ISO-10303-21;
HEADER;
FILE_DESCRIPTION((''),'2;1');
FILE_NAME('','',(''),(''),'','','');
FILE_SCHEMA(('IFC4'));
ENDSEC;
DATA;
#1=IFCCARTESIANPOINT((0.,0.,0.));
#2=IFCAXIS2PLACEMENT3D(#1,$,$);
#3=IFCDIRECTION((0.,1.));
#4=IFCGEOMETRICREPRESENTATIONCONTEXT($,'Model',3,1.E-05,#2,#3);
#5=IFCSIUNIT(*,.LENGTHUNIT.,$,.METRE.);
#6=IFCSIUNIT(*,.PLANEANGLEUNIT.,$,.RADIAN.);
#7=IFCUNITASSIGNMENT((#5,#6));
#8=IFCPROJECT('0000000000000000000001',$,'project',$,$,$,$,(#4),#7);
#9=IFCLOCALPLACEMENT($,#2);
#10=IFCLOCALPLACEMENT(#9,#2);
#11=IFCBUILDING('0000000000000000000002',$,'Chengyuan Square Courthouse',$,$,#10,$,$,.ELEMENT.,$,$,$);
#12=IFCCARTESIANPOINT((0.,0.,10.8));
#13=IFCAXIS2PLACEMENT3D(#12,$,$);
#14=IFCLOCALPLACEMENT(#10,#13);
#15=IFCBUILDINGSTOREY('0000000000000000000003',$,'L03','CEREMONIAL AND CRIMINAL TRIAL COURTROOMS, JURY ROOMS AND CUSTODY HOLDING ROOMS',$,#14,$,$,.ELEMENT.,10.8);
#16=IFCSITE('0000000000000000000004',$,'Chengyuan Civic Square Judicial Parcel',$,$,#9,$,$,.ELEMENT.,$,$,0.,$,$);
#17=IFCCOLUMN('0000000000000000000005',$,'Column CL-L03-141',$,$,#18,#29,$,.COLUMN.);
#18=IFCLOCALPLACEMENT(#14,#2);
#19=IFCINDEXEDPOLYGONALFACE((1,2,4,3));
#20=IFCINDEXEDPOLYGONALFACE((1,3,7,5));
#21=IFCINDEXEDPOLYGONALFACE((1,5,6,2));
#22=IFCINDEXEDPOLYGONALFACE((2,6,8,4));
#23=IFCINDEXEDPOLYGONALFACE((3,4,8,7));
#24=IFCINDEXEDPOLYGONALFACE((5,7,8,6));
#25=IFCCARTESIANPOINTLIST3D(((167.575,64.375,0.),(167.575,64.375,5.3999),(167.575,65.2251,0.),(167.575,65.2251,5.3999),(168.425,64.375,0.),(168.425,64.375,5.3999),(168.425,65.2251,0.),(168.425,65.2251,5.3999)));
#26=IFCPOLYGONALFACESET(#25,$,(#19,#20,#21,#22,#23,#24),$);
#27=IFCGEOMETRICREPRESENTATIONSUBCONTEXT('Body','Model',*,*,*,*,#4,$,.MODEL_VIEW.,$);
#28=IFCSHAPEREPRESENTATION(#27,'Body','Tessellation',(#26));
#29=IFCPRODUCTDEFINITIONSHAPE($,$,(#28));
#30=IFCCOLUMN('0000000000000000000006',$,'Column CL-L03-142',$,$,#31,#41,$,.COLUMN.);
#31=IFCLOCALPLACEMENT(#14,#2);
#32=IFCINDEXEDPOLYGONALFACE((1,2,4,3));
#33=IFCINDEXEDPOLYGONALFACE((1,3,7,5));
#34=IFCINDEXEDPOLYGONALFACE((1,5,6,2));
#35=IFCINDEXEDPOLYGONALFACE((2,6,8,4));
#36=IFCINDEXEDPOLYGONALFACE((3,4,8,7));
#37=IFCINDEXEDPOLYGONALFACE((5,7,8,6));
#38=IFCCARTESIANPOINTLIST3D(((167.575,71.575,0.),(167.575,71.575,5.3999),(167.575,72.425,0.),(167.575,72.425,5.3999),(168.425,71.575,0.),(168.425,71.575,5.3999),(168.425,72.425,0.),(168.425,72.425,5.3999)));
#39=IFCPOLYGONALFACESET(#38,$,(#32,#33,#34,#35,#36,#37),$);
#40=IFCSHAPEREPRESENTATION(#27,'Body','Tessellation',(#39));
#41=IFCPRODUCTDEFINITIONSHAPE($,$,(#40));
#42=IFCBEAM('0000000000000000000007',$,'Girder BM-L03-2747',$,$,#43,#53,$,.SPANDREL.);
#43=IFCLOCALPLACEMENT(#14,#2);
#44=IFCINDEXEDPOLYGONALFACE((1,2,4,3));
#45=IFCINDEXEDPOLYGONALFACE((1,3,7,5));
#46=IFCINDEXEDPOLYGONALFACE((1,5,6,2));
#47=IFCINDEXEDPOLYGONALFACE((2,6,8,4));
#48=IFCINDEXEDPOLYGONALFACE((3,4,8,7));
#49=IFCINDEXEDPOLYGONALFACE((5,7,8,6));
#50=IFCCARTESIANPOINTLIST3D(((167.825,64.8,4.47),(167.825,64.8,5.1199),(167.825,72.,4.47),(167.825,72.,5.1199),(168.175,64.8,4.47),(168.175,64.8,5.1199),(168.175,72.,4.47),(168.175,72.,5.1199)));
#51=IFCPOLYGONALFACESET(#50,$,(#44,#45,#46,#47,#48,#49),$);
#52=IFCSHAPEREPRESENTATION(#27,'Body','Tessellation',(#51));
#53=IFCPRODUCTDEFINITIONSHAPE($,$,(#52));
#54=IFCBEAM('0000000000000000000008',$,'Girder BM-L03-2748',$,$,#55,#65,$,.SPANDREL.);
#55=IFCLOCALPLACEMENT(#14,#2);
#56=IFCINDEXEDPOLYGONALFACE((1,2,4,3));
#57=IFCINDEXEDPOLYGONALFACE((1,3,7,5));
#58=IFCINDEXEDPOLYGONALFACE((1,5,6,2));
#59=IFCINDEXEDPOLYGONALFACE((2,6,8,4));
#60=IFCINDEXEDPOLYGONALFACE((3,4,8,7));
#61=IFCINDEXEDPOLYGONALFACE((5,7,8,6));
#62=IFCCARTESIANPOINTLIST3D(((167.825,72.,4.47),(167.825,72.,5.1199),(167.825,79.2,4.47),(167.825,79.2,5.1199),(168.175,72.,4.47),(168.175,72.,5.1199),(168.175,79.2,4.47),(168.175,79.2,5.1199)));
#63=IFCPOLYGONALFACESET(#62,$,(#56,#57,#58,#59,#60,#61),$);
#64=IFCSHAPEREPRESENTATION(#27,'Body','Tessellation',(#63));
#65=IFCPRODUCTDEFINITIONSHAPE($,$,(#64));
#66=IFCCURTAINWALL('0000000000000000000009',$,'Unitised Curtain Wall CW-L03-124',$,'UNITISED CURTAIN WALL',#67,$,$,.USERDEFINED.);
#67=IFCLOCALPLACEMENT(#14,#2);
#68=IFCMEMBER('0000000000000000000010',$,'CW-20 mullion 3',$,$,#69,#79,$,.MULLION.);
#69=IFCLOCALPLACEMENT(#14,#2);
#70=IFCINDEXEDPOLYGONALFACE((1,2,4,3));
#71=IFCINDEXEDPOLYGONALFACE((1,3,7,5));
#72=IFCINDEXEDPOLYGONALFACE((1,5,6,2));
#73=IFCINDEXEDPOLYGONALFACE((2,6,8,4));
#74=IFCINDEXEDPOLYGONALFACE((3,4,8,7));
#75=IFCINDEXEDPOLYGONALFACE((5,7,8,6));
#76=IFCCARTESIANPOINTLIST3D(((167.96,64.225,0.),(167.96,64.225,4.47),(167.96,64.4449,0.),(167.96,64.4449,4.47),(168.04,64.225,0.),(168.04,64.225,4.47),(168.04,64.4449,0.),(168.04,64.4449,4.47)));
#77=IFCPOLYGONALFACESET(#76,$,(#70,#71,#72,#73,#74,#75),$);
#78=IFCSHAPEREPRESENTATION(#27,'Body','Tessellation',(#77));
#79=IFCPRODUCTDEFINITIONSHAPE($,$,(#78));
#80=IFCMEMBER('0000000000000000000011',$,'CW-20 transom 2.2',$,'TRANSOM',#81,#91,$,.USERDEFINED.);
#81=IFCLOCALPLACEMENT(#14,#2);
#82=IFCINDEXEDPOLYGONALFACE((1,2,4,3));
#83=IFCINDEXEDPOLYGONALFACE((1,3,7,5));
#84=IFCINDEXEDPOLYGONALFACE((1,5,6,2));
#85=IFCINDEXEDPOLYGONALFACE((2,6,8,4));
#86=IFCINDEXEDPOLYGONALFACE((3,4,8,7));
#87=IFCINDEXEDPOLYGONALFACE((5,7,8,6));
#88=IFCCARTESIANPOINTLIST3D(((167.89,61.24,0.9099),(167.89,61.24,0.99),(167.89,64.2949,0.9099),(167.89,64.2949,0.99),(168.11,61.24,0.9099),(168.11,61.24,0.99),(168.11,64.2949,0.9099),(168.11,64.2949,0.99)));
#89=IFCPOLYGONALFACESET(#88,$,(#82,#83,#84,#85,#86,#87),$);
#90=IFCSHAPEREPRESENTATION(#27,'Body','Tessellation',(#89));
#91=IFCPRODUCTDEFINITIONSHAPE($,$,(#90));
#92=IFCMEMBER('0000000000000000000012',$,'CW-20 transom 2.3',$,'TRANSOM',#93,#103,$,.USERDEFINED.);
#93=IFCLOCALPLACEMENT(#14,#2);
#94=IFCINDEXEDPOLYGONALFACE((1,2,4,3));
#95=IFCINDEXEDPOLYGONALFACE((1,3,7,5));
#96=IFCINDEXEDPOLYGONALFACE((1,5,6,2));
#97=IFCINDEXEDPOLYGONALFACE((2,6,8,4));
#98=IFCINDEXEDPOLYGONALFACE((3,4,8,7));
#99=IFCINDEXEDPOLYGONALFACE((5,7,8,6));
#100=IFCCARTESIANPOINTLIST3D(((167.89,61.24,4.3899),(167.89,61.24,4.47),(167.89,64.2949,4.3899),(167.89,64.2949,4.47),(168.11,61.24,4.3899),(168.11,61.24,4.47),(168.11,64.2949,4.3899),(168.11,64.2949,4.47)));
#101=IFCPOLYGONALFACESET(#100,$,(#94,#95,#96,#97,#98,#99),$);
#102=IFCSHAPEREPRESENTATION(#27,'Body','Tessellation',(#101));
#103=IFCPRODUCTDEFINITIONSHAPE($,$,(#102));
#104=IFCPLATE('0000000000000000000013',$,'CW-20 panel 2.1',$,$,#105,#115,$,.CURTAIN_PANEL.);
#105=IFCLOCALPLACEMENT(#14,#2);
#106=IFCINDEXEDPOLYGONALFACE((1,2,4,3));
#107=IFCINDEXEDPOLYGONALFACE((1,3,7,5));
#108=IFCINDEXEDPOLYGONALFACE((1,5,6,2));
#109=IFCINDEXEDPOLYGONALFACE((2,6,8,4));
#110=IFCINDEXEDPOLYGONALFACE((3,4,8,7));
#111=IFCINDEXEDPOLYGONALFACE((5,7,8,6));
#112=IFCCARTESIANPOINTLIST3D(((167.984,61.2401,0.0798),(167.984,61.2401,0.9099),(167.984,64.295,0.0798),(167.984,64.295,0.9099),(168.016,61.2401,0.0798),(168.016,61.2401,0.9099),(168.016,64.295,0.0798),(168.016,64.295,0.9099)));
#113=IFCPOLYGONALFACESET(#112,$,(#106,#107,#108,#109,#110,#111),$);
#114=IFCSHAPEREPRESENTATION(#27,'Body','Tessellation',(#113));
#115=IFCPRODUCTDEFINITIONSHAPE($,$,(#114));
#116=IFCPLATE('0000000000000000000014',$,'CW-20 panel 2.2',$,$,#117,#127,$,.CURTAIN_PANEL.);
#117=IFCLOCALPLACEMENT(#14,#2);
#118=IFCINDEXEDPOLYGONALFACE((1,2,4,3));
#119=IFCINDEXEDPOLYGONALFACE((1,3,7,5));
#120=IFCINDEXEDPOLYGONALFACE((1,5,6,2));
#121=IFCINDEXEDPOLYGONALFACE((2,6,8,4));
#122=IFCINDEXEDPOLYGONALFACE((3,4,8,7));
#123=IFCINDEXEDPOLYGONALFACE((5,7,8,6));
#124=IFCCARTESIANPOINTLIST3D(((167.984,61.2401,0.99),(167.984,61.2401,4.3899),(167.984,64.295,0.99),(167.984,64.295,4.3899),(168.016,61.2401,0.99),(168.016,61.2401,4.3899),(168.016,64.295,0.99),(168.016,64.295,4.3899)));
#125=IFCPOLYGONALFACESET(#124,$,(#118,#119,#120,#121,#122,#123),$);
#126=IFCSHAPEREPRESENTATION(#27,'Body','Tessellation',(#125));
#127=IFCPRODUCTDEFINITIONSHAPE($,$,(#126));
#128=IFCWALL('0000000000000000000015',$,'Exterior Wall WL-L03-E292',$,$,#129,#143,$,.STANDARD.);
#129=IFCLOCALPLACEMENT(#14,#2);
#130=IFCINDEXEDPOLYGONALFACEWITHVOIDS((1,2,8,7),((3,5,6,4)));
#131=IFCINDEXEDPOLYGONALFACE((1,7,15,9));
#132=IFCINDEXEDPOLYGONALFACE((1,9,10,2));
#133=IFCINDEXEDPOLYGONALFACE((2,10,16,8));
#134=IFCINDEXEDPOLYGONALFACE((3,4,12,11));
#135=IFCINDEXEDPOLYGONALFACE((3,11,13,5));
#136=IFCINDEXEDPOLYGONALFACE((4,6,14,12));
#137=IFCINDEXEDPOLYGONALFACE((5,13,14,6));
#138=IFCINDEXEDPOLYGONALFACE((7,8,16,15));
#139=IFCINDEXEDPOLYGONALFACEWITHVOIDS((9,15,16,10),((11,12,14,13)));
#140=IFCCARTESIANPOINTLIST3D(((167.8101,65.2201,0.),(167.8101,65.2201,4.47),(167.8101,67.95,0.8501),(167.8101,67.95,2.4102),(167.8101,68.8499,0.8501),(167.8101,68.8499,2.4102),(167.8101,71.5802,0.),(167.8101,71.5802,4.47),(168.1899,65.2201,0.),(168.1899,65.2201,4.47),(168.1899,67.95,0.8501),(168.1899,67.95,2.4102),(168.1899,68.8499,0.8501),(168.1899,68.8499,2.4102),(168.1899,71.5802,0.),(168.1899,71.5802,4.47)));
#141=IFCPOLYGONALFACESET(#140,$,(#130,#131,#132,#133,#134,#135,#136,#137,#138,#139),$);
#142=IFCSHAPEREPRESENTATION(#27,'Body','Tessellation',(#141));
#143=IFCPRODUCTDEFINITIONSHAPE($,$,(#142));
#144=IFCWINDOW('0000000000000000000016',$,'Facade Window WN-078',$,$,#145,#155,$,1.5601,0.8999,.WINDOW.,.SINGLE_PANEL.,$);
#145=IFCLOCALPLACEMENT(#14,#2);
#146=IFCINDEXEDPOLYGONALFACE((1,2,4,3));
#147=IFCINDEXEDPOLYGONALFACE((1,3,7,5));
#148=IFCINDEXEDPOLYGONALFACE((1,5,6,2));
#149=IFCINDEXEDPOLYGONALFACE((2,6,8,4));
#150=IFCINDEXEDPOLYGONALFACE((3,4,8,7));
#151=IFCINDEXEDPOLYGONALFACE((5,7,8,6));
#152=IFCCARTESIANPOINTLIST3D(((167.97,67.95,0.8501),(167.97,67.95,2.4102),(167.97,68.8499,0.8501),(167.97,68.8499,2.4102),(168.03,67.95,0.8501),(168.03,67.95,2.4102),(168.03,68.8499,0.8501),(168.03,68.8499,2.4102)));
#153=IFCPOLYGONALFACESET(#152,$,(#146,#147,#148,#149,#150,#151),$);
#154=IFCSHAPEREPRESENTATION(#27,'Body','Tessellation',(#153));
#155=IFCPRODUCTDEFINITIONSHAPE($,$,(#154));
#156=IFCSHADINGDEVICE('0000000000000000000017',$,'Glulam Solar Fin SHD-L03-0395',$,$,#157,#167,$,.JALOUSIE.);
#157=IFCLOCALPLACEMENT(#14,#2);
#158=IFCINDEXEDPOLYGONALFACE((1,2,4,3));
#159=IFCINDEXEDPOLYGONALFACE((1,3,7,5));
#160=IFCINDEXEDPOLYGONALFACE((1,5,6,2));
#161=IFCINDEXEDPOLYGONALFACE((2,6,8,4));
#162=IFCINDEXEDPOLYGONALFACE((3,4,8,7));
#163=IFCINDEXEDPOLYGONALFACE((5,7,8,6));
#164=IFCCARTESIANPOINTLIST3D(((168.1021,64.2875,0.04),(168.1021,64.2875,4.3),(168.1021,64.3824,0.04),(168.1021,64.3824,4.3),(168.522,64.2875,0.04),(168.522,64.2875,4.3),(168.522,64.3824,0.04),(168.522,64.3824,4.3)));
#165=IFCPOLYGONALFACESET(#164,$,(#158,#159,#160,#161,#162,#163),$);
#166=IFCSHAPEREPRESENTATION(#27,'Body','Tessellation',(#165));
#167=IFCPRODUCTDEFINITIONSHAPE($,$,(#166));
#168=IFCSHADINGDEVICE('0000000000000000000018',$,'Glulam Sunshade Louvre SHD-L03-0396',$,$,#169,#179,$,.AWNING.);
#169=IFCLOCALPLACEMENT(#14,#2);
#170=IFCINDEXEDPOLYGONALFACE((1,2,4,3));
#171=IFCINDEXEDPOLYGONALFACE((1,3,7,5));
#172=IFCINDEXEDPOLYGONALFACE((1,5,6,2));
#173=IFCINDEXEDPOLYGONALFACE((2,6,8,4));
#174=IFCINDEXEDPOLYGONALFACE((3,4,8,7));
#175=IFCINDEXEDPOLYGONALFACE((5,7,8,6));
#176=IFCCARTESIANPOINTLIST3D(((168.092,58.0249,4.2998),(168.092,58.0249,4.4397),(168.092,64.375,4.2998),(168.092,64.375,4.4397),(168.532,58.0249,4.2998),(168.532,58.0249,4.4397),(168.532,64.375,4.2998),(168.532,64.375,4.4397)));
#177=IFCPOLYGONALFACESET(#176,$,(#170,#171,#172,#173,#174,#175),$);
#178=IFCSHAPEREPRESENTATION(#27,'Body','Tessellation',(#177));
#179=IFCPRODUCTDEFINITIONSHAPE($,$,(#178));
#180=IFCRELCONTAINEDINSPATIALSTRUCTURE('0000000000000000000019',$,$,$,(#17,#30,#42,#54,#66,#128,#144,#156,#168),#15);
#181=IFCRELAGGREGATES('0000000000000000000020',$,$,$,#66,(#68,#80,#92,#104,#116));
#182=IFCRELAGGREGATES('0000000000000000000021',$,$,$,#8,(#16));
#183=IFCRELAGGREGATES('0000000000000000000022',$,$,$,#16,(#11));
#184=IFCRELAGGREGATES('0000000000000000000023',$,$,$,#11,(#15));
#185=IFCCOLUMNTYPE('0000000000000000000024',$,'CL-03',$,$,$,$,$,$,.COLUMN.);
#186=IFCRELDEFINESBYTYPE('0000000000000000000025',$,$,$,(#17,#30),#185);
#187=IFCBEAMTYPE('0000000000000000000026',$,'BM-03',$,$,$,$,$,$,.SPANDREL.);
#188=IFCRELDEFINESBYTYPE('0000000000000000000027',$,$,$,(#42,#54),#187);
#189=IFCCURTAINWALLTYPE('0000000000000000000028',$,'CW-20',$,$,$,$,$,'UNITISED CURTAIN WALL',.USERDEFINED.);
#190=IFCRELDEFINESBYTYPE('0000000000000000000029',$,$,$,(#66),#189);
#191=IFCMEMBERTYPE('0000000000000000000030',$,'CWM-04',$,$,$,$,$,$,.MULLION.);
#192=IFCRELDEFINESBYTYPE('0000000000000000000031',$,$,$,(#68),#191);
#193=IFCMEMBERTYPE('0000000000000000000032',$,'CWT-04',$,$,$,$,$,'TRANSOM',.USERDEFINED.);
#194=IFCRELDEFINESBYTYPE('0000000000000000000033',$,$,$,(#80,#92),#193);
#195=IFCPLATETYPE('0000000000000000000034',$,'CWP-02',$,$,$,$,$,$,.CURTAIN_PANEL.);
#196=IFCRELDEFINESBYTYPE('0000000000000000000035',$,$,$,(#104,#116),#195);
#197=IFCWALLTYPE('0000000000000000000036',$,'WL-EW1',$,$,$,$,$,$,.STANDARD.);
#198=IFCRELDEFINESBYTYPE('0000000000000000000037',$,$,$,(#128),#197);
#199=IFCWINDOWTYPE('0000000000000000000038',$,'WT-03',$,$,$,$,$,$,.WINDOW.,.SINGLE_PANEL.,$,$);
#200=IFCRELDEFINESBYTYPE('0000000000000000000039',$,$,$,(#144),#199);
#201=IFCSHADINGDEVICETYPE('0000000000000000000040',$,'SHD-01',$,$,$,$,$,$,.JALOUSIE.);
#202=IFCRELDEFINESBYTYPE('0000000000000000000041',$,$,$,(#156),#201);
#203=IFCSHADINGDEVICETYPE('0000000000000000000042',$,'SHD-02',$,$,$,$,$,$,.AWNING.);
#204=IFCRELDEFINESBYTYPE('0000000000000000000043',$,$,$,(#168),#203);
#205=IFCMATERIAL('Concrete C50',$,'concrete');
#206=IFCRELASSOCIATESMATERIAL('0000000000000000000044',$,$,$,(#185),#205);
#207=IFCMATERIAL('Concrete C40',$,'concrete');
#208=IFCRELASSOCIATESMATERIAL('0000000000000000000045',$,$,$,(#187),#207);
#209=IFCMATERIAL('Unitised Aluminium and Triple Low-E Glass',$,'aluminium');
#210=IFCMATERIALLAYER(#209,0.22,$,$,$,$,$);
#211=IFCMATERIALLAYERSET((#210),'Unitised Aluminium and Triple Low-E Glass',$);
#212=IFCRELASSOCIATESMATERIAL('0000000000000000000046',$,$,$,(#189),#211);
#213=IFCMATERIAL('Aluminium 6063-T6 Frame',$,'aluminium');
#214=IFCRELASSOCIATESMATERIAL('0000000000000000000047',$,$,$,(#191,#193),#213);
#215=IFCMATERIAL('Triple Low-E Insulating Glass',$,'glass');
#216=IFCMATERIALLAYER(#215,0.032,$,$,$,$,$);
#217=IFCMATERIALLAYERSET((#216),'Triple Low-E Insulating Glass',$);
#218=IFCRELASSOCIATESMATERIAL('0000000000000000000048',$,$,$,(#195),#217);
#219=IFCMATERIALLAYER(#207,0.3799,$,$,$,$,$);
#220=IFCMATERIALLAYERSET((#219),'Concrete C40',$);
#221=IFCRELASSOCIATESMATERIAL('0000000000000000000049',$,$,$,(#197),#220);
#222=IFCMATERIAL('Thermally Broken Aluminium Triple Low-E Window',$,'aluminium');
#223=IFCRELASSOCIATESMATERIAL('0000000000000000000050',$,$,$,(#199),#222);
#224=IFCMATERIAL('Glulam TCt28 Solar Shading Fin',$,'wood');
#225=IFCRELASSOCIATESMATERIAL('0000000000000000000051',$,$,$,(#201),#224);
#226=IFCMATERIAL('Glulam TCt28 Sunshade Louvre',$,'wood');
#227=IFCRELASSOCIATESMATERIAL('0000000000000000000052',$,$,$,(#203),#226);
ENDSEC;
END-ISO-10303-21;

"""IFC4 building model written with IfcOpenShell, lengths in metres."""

from ifc_helpers import new_model, si_unit, direction, frame, frame_2d, origin, origin_2d, place, context, subcontext, project, spatial, rectangle, extrude, material, layer, layer_set, material_profile, profile_set, type_object, element, fill, aggregate, save


model = new_model("IFC4")

# Units and contexts
model_context = context("Model", 3, precision=1e-05, world=origin(), true_north=direction((0.0, 1.0)))
body_context = subcontext(model_context, "Body", "Model", "MODEL_VIEW")
ifc_project = project(units=[si_unit("LENGTHUNIT", "METRE"), si_unit("PLANEANGLEUNIT", "RADIAN")], contexts=[model_context])

# Site, building, storey
site_placement = place(None, origin())
site = spatial("IfcSite", under=ifc_project, at=site_placement, Name="Chengyuan Civic Square Judicial Parcel", CompositionType="ELEMENT", RefElevation=0.0)
building_placement = place(site_placement, origin())
building = spatial("IfcBuilding", under=site, at=building_placement, Name="Chengyuan Square Courthouse", CompositionType="ELEMENT")
storey_placement = place(building_placement, frame((0.0, 0.0, 10.8)))
storey = spatial("IfcBuildingStorey", under=building, at=storey_placement, Name="L03", Description="CEREMONIAL AND CRIMINAL TRIAL COURTROOMS, JURY ROOMS AND CUSTODY HOLDING ROOMS", CompositionType="ELEMENT", Elevation=10.8)

# Columns
ifc_material_1 = material(Name="Concrete C50", Category="concrete")
ifc_material_profile_1 = material_profile(ifc_material_1, rectangle(XDim=0.8501, YDim=0.8501, at=origin_2d()), Name="RC-COL-850x850")
ifc_profile_set_1 = profile_set([ifc_material_profile_1], Name="Concrete C50")
column_type = type_object("IfcColumnType", Name="CL-03", PredefinedType="COLUMN", material=ifc_profile_set_1)
for number, where, z_axis, x_axis, name in (
    (1, (168.0, 64.8, 0.0), (0.0, 0.0, 1.0), (1.0, 0.0, 0.0), "Column CL-L03-141"),
    (2, (168.0, 72.0, 0.0), (0.0, 0.0, 1.0), (1.0, 0.0, 0.0), "Column CL-L03-142"),
):
    element("IfcColumn", number, at=place(storey_placement, frame(where, z_axis=z_axis, x_axis=x_axis)), inside=storey, type_object=column_type, Name=name, PredefinedType="COLUMN", context=body_context, shape_type="SweptSolid", body=[
        extrude(rectangle(XDim=0.8501, YDim=0.8501, at=origin_2d()), origin(), (0.0, 0.0, 1.0), 5.3999),
    ])

# Beams
ifc_material_2 = material(Name="Concrete C40", Category="concrete")
ifc_material_profile_2 = material_profile(ifc_material_2, rectangle(XDim=0.3501, YDim=0.6499, at=origin_2d()), Name="RC-BM-350x650")
ifc_profile_set_2 = profile_set([ifc_material_profile_2], Name="Concrete C40")
beam_type = type_object("IfcBeamType", Name="BM-03", PredefinedType="SPANDREL", material=ifc_profile_set_2)
for number, where, z_axis, x_axis, name in (
    (3, (168.0, 64.8, 4.7949), (0.0, 1.0, 0.0), (-1.0, 0.0, 0.0), "Girder BM-L03-2747"),
    (4, (168.0, 72.0, 4.7949), (0.0, 1.0, 0.0), (-1.0, 0.0, 0.0), "Girder BM-L03-2748"),
):
    element("IfcBeam", number, at=place(storey_placement, frame(where, z_axis=z_axis, x_axis=x_axis)), inside=storey, type_object=beam_type, Name=name, PredefinedType="SPANDREL", context=body_context, shape_type="SweptSolid", body=[
        extrude(rectangle(XDim=0.3501, YDim=0.6499, at=origin_2d()), origin(), (0.0, 0.0, 1.0), 7.2),
    ])

# Curtain wall, members, plates
ifc_material_3 = material(Name="Unitised Aluminium and Triple Low-E Glass", Category="aluminium")
ifc_layer_1 = layer(ifc_material_3, 0.22)
ifc_layer_set_1 = layer_set([ifc_layer_1], Name="Unitised Aluminium and Triple Low-E Glass")
curtain_wall_type = type_object("IfcCurtainWallType", Name="CW-20", ElementType="UNITISED CURTAIN WALL", PredefinedType="USERDEFINED", material=ifc_layer_set_1)
curtain_wall_placement = place(storey_placement, origin())
curtain_wall = element("IfcCurtainWall", 5, at=curtain_wall_placement, inside=storey, type_object=curtain_wall_type, Name="Unitised Curtain Wall CW-L03-124", ObjectType="UNITISED CURTAIN WALL", PredefinedType="USERDEFINED")
ifc_material_4 = material(Name="Aluminium 6063-T6 Frame", Category="aluminium")
ifc_material_profile_3 = material_profile(ifc_material_4, rectangle(XDim=0.0801, YDim=0.22, at=origin_2d()), Name="CW-MUL-80x220")
ifc_profile_set_3 = profile_set([ifc_material_profile_3], Name="Aluminium 6063-T6 Frame")
member_type_1 = type_object("IfcMemberType", Name="CWM-04", PredefinedType="MULLION", material=ifc_profile_set_3)
member_1_placement = place(storey_placement, frame((168.0, 64.335, 0.0), z_axis=(0.0, 0.0, 1.0), x_axis=(-1.0, 0.0, 0.0)))
member_1 = element("IfcMember", 6, at=member_1_placement, type_object=member_type_1, Name="CW-20 mullion 3", PredefinedType="MULLION", context=body_context, shape_type="SweptSolid", body=[
    extrude(rectangle(XDim=0.0801, YDim=0.22, at=origin_2d()), origin(), (0.0, 0.0, 1.0), 4.47),
])
ifc_material_profile_4 = material_profile(ifc_material_4, rectangle(XDim=0.22, YDim=0.0801, at=origin_2d()), Name="CW-TRN-80x180")
ifc_profile_set_4 = profile_set([ifc_material_profile_4], Name="Aluminium 6063-T6 Frame")
member_type_2 = type_object("IfcMemberType", Name="CWT-04", ElementType="TRANSOM", PredefinedType="USERDEFINED", material=ifc_profile_set_4)
member_2_placement = place(storey_placement, frame((168.0, 61.24, 0.95), z_axis=(0.0, 1.0, 0.0), x_axis=(-1.0, 0.0, 0.0)))
member_2 = element("IfcMember", 7, at=member_2_placement, type_object=member_type_2, Name="CW-20 transom 2.2", ObjectType="TRANSOM", PredefinedType="USERDEFINED", context=body_context, shape_type="SweptSolid", body=[
    extrude(rectangle(XDim=0.22, YDim=0.0801, at=origin_2d()), origin(), (0.0, 0.0, 1.0), 3.0549),
])
member_3_placement = place(storey_placement, frame((168.0, 61.24, 4.4299), z_axis=(0.0, 1.0, 0.0), x_axis=(-1.0, 0.0, 0.0)))
member_3 = element("IfcMember", 8, at=member_3_placement, type_object=member_type_2, Name="CW-20 transom 2.3", ObjectType="TRANSOM", PredefinedType="USERDEFINED", context=body_context, shape_type="SweptSolid", body=[
    extrude(rectangle(XDim=0.22, YDim=0.0801, at=origin_2d()), origin(), (0.0, 0.0, 1.0), 3.0549),
])
ifc_material_5 = material(Name="Triple Low-E Insulating Glass", Category="glass")
ifc_layer_2 = layer(ifc_material_5, 0.032)
ifc_layer_set_2 = layer_set([ifc_layer_2], Name="Triple Low-E Insulating Glass")
plate_type = type_object("IfcPlateType", Name="CWP-02", PredefinedType="CURTAIN_PANEL", material=ifc_layer_set_2)
plate_1_placement = place(storey_placement, frame((168.0, 62.7676, 0.0798), z_axis=(0.0, 0.0, 1.0), x_axis=(0.0, 1.0, 0.0)))
plate_1 = element("IfcPlate", 9, at=plate_1_placement, type_object=plate_type, Name="CW-20 panel 2.1", PredefinedType="CURTAIN_PANEL", context=body_context, shape_type="SweptSolid", body=[
    extrude(rectangle(XDim=3.0549, YDim=0.032, at=origin_2d()), origin(), (0.0, 0.0, 1.0), 0.8301),
])
plate_2_placement = place(storey_placement, frame((168.0, 62.7676, 0.99), z_axis=(0.0, 0.0, 1.0), x_axis=(0.0, 1.0, 0.0)))
plate_2 = element("IfcPlate", 10, at=plate_2_placement, type_object=plate_type, Name="CW-20 panel 2.2", PredefinedType="CURTAIN_PANEL", context=body_context, shape_type="SweptSolid", body=[
    extrude(rectangle(XDim=3.0549, YDim=0.032, at=origin_2d()), origin(), (0.0, 0.0, 1.0), 3.3999),
])
aggregate(curtain_wall, [member_1, member_2, member_3, plate_1, plate_2])

# Wall, opening, window
ifc_layer_3 = layer(ifc_material_2, 0.3799)
ifc_layer_set_3 = layer_set([ifc_layer_3], Name="Concrete C40")
wall_type = type_object("IfcWallType", Name="WL-EW1", PredefinedType="STANDARD", material=ifc_layer_set_3)
wall_placement = place(storey_placement, frame((168.0, 65.22, 0.0), z_axis=(0.0, 0.0, 1.0), x_axis=(0.0, 1.0, 0.0)))
wall = element("IfcWall", 11, at=wall_placement, inside=storey, type_object=wall_type, Name="Exterior Wall WL-L03-E292", PredefinedType="STANDARD", context=body_context, shape_type="SweptSolid", body=[
    extrude(rectangle(XDim=6.3601, YDim=0.3799, at=frame_2d((3.1802, 0.0))), origin(), (0.0, 0.0, 1.0), 4.47),
])
opening_placement = place(wall_placement, frame((2.73, 0.0, 0.8501)))
opening = element("IfcOpeningElement", 12, at=opening_placement, cuts=wall, PredefinedType="OPENING", context=body_context, shape_type="SweptSolid", body=[
    extrude(rectangle(XDim=0.8999, YDim=1.5601, at=frame_2d((0.45, 0.78))), frame((0.0, 0.2019, 0.0), z_axis=(0.0, -1.0, 0.0), x_axis=(1.0, 0.0, 0.0)), (0.0, 0.0, 1.0), 0.4038),
])
ifc_material_6 = material(Name="Thermally Broken Aluminium Triple Low-E Window", Category="aluminium")
window_type = type_object("IfcWindowType", Name="WT-03", PartitioningType="SINGLE_PANEL", PredefinedType="WINDOW", material=ifc_material_6)
window_placement = place(opening_placement, origin())
window = element("IfcWindow", 13, at=window_placement, inside=storey, type_object=window_type, Name="Facade Window WN-078", OverallHeight=1.5601, OverallWidth=0.8999, PartitioningType="SINGLE_PANEL", PredefinedType="WINDOW", context=body_context, shape_type="SweptSolid", body=[
    extrude(rectangle(XDim=0.8999, YDim=1.5601, at=frame_2d((0.45, 0.78))), frame((0.0, 0.03, 0.0), z_axis=(0.0, -1.0, 0.0), x_axis=(1.0, 0.0, 0.0)), (0.0, 0.0, 1.0), 0.0601),
])
fill(opening, window)

# Shading devices
ifc_material_7 = material(Name="Glulam TCt28 Solar Shading Fin", Category="wood")
shading_device_type_1 = type_object("IfcShadingDeviceType", Name="SHD-01", PredefinedType="JALOUSIE", material=ifc_material_7)
shading_device_1_placement = place(storey_placement, frame((168.312, 64.335, 0.04), z_axis=(0.0, 0.0, 1.0), x_axis=(1.0, 0.0, 0.0)))
element("IfcShadingDevice", 14, at=shading_device_1_placement, inside=storey, type_object=shading_device_type_1, Name="Glulam Solar Fin SHD-L03-0395", PredefinedType="JALOUSIE", context=body_context, shape_type="SweptSolid", body=[
    extrude(rectangle(XDim=0.4199, YDim=0.095, at=origin_2d()), origin(), (0.0, 0.0, 1.0), 4.26),
])
ifc_material_8 = material(Name="Glulam TCt28 Sunshade Louvre", Category="wood")
shading_device_type_2 = type_object("IfcShadingDeviceType", Name="SHD-02", PredefinedType="AWNING", material=ifc_material_8)
shading_device_2_placement = place(storey_placement, frame((168.312, 61.2, 4.2998), z_axis=(0.0, 0.0, 1.0), x_axis=(0.0, 1.0, 0.0)))
element("IfcShadingDevice", 15, at=shading_device_2_placement, inside=storey, type_object=shading_device_type_2, Name="Glulam Sunshade Louvre SHD-L03-0396", PredefinedType="AWNING", context=body_context, shape_type="SweptSolid", body=[
    extrude(rectangle(XDim=6.3501, YDim=0.4399, at=origin_2d()), origin(), (0.0, 0.0, 1.0), 0.1399),
])

save(model, "model.ifc")
